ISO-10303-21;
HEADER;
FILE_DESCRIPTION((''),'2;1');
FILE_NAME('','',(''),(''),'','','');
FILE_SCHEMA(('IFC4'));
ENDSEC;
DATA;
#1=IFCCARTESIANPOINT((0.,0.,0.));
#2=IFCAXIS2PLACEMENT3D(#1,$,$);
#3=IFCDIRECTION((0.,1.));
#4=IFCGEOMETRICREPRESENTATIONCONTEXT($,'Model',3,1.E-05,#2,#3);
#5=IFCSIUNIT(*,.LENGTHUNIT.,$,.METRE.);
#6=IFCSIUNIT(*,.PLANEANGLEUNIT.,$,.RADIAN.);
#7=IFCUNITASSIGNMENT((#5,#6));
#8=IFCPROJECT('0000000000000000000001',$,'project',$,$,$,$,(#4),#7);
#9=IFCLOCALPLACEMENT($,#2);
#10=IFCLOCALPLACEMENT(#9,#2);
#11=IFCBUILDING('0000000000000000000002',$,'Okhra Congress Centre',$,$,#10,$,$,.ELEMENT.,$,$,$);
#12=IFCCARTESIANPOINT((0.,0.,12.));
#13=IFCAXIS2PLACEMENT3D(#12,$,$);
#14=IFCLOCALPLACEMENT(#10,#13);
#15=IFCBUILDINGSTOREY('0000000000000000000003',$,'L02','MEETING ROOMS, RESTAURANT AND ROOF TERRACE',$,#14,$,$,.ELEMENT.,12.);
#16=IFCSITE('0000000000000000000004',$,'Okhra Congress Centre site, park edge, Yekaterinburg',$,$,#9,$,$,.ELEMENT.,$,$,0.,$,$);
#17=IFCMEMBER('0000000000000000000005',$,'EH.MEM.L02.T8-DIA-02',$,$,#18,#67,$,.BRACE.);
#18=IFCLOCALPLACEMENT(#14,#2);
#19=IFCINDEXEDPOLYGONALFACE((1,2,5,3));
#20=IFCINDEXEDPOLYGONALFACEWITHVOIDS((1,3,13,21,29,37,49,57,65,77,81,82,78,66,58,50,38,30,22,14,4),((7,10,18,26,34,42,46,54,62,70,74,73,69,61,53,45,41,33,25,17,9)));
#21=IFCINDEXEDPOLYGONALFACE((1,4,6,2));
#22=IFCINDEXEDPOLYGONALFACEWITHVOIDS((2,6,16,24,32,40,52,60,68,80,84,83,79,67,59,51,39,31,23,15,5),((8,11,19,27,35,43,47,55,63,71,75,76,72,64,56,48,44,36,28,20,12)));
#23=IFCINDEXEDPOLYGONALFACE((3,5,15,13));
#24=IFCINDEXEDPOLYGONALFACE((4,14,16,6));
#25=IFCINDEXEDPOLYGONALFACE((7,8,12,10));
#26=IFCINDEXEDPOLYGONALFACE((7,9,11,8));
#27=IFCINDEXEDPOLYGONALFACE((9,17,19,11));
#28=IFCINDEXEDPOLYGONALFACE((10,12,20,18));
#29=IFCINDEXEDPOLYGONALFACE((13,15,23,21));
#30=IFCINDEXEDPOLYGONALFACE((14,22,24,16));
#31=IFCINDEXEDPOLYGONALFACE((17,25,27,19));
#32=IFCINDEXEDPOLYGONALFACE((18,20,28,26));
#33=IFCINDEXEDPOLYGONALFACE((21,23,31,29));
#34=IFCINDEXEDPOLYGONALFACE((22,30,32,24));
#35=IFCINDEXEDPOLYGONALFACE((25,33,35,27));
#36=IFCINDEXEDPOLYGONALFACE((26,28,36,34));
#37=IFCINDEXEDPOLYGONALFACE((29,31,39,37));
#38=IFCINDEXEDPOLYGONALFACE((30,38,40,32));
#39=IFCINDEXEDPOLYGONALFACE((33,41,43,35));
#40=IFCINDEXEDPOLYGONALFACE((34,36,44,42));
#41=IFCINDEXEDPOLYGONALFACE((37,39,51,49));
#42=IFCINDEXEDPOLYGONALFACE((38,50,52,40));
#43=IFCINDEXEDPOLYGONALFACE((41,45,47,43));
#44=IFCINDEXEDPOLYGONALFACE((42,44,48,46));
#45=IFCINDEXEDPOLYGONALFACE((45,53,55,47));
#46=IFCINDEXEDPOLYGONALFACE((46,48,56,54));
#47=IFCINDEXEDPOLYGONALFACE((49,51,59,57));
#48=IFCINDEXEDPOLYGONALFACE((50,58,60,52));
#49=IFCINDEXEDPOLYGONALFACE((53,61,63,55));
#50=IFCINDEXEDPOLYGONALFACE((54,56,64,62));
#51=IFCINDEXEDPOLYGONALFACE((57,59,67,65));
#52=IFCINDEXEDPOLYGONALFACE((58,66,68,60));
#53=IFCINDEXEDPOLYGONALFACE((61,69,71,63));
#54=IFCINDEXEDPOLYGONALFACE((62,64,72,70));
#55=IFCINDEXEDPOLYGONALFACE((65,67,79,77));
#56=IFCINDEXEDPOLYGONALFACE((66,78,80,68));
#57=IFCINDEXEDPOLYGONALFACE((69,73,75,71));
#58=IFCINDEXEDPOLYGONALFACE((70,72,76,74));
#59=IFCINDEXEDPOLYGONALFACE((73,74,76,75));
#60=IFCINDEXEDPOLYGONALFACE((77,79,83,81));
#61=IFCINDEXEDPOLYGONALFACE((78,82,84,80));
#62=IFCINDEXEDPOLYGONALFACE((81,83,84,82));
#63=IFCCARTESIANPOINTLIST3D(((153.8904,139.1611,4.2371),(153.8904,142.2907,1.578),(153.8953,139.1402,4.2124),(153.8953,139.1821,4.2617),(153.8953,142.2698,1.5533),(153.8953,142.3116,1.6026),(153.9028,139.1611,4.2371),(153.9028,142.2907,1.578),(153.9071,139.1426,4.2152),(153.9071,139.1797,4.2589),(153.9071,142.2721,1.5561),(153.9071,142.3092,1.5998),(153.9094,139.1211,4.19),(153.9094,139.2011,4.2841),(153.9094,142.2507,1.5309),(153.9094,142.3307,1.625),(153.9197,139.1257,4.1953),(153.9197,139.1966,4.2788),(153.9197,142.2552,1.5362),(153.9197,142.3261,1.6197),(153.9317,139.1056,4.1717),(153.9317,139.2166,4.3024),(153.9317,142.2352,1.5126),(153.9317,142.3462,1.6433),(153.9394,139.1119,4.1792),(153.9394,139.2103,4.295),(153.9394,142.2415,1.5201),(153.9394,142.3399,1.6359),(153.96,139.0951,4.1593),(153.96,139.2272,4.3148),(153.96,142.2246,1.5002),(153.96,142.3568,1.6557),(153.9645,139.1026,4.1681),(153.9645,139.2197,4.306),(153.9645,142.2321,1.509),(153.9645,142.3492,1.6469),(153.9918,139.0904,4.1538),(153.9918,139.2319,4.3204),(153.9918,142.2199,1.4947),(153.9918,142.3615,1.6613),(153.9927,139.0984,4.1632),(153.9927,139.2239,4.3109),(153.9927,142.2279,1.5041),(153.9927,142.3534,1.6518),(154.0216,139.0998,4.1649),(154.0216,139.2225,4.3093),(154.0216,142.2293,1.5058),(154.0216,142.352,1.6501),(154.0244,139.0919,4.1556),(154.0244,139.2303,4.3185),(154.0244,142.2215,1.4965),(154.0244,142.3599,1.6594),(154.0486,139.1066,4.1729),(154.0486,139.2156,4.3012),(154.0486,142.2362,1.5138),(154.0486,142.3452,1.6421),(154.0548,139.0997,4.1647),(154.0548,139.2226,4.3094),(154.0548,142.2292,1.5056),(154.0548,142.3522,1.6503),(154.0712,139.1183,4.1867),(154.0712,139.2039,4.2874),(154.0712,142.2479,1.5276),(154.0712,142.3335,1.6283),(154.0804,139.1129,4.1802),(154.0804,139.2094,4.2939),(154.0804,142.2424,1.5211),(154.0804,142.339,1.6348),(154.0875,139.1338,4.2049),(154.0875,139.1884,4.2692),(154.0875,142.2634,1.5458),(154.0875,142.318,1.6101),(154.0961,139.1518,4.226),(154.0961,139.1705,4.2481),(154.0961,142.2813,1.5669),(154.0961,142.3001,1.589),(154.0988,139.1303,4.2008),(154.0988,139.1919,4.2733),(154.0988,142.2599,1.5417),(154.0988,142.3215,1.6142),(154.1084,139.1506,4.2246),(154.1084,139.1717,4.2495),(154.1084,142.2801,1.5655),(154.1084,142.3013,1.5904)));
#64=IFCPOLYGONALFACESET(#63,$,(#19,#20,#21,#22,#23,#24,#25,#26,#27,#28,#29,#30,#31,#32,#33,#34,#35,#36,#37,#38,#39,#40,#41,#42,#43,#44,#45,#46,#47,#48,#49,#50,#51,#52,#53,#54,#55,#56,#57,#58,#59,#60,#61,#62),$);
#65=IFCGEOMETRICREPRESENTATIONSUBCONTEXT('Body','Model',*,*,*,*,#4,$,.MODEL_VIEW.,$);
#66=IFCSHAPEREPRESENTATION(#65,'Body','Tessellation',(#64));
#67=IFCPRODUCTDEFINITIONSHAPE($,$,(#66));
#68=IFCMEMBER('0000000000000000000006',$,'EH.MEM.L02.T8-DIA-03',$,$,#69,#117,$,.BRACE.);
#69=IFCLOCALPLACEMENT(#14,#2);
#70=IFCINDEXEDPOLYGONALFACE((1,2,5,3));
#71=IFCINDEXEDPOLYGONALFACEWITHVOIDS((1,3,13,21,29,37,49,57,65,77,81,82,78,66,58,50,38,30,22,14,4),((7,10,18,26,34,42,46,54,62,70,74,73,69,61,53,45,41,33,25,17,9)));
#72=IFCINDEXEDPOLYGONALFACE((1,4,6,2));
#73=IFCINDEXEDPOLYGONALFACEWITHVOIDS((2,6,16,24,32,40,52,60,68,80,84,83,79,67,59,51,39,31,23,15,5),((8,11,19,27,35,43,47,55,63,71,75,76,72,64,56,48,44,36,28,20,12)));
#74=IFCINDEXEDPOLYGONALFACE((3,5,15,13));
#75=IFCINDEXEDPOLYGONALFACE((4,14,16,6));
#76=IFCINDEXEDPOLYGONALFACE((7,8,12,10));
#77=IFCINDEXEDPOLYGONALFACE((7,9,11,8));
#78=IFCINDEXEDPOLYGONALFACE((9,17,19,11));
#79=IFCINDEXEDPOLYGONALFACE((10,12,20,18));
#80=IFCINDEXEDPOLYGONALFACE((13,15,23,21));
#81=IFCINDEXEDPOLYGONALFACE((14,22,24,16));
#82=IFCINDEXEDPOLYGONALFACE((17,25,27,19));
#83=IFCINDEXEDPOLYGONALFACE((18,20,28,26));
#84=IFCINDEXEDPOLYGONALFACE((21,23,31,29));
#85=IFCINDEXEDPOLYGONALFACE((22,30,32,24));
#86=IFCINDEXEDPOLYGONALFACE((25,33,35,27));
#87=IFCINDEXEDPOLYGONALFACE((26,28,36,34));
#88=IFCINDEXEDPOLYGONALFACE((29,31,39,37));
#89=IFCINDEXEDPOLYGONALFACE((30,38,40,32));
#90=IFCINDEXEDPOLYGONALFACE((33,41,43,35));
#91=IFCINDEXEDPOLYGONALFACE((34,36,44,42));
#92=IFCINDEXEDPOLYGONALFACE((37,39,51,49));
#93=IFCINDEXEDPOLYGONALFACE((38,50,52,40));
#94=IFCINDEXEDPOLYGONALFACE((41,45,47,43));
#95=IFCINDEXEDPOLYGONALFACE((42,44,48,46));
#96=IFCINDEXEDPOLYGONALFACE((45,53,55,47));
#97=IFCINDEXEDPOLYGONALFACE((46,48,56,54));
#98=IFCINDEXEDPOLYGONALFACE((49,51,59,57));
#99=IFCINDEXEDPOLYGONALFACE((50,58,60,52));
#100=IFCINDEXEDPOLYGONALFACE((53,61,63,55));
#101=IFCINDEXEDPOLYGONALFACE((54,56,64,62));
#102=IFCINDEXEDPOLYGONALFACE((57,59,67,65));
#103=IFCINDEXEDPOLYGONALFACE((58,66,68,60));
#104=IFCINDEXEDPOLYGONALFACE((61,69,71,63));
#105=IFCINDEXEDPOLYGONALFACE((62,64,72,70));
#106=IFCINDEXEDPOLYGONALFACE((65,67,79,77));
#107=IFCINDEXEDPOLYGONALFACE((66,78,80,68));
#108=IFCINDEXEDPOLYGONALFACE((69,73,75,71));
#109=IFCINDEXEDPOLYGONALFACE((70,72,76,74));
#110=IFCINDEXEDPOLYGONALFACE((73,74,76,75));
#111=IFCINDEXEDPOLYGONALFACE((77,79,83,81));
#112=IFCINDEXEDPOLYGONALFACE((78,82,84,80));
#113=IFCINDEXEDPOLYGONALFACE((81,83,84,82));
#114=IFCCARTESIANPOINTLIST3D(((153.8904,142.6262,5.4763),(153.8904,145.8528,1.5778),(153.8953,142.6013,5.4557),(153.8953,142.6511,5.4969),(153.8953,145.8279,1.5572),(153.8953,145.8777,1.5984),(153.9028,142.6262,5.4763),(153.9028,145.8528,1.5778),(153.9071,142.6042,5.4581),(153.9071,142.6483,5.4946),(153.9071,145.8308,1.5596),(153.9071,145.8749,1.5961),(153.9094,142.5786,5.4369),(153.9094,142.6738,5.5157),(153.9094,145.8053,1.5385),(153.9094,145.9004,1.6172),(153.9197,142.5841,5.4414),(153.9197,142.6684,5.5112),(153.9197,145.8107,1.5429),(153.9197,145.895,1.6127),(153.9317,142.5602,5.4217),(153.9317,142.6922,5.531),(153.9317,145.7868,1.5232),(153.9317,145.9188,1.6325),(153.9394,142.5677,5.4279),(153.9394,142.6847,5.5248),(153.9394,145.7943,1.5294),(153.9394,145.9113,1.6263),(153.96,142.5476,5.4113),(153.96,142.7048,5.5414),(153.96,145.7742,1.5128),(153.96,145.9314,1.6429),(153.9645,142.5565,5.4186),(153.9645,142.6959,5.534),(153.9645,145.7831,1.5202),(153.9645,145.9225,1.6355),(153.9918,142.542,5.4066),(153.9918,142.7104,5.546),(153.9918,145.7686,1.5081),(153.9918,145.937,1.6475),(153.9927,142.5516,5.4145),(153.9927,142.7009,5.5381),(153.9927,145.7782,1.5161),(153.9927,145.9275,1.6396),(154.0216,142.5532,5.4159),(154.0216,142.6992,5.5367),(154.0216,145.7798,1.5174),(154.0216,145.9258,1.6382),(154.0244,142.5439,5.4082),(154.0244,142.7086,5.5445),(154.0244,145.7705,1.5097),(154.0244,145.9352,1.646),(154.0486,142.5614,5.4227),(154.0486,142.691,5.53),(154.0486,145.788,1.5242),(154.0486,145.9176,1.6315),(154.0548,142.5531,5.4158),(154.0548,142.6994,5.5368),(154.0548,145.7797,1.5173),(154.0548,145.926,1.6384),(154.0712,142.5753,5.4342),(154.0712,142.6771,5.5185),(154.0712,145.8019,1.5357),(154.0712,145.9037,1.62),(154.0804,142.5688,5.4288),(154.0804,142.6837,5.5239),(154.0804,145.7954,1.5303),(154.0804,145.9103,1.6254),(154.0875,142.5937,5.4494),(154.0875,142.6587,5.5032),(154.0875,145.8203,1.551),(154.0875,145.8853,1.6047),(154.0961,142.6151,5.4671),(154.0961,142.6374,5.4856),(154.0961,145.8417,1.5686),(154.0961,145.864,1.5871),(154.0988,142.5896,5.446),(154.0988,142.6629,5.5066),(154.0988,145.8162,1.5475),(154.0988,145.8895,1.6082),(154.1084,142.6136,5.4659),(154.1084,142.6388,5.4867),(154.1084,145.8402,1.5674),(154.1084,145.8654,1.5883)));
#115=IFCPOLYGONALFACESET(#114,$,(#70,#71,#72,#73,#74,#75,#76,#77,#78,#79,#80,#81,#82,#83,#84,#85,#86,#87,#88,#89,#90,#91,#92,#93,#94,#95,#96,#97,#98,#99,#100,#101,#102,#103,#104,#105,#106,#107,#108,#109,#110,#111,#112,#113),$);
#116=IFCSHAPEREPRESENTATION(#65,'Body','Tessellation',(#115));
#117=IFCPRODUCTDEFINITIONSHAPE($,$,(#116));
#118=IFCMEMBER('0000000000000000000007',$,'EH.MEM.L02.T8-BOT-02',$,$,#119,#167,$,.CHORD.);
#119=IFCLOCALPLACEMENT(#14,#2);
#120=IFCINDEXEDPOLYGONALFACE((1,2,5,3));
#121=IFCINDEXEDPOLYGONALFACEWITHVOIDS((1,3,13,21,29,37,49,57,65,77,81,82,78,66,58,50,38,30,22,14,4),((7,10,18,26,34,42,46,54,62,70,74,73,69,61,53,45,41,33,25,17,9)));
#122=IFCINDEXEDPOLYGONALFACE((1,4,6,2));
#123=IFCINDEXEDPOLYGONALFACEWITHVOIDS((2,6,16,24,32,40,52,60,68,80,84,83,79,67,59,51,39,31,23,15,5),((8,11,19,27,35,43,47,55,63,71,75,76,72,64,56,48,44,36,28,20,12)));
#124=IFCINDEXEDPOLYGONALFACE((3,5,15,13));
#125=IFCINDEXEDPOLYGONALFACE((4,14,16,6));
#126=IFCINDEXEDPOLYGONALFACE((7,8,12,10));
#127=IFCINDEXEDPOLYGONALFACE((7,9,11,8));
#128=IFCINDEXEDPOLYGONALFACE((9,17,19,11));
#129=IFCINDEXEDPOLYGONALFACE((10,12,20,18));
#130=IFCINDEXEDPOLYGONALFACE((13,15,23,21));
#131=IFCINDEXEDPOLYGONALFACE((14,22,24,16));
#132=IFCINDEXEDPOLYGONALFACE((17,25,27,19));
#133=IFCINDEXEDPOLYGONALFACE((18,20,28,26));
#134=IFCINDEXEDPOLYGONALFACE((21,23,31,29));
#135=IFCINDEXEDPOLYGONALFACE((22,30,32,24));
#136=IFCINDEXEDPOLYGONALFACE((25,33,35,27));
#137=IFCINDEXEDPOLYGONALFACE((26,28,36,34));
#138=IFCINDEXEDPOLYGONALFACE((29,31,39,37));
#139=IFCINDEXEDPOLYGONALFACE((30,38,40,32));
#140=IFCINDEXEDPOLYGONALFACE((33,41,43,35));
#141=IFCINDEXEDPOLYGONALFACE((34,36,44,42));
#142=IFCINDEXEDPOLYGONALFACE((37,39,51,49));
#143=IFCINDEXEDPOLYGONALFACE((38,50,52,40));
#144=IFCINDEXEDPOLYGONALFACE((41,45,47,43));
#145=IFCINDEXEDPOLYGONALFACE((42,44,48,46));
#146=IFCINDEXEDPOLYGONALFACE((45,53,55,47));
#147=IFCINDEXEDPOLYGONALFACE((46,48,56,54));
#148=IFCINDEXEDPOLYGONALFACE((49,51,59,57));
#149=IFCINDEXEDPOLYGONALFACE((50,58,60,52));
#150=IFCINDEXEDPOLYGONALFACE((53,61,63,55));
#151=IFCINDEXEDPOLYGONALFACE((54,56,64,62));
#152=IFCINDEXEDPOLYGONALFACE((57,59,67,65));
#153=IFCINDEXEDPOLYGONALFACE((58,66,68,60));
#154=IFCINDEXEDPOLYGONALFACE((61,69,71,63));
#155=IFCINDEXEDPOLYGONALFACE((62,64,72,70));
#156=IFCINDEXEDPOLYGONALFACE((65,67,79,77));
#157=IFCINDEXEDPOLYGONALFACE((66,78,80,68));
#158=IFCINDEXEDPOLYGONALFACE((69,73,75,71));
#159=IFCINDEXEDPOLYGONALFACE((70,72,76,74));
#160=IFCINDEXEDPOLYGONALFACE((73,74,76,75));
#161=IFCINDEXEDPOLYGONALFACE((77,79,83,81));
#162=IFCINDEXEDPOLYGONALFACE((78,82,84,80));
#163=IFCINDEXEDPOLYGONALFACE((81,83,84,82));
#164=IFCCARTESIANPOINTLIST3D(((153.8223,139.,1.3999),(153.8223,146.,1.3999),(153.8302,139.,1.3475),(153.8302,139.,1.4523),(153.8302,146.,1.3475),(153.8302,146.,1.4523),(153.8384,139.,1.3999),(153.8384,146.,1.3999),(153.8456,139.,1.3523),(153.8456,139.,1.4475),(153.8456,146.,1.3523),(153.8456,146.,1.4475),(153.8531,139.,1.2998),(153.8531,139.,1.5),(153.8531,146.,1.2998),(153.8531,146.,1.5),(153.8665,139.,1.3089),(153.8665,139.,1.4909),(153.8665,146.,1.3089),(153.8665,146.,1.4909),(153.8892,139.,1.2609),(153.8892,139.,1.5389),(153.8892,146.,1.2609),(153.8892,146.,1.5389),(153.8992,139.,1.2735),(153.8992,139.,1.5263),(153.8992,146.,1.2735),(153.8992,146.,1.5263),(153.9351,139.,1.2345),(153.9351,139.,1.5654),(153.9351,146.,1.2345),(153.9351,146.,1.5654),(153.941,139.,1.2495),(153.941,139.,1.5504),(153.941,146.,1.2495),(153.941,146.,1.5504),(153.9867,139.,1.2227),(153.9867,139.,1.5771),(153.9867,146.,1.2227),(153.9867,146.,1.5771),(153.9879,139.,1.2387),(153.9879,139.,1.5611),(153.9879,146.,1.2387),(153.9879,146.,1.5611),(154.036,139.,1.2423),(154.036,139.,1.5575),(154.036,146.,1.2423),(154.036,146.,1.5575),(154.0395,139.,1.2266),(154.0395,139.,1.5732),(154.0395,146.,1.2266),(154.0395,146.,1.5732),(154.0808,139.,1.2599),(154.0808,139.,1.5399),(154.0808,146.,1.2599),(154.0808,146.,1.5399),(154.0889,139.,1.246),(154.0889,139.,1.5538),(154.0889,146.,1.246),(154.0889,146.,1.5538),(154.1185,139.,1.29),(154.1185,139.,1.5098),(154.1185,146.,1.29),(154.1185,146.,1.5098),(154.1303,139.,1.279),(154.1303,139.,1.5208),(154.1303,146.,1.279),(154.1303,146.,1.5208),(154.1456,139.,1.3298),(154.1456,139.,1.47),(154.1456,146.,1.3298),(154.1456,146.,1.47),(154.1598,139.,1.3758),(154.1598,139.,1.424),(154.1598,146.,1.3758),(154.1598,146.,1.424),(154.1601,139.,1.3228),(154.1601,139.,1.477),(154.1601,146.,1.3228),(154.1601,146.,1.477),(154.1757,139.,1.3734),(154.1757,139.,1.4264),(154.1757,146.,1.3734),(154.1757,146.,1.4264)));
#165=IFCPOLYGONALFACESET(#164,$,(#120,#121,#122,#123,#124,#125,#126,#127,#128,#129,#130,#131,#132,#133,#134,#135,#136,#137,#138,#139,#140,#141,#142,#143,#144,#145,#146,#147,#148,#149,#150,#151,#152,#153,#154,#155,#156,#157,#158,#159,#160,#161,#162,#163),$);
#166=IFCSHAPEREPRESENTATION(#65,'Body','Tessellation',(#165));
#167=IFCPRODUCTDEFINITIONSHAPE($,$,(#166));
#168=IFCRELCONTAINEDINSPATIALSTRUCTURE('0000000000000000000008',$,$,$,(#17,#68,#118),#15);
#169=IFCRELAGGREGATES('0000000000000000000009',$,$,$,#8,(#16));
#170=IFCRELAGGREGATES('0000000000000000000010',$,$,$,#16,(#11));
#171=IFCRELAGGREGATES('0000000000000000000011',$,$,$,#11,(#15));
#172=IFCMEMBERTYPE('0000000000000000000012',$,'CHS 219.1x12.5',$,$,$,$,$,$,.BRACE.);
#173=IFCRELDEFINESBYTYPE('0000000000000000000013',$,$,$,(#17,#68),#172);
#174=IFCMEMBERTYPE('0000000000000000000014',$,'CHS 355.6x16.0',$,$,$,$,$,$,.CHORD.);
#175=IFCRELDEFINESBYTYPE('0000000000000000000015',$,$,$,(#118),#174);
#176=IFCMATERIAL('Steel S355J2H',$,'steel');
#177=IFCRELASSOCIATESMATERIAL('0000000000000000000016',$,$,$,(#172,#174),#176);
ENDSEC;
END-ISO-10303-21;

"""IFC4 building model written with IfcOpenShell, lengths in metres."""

from ifc_helpers import new_model, si_unit, direction, frame, origin, origin_2d, place, context, subcontext, project, spatial, hollow_circle, extrude, material, material_profile, profile_set, type_object, element, save


model = new_model("IFC4")

# Units and contexts
model_context = context("Model", 3, precision=1e-05, world=origin(), true_north=direction((0.0, 1.0)))
body_context = subcontext(model_context, "Body", "Model", "MODEL_VIEW")
ifc_project = project(units=[si_unit("LENGTHUNIT", "METRE"), si_unit("PLANEANGLEUNIT", "RADIAN")], contexts=[model_context])

# Site, building, storey
site_placement = place(None, origin())
site = spatial("IfcSite", under=ifc_project, at=site_placement, Name="Okhra Congress Centre site, park edge, Yekaterinburg", CompositionType="ELEMENT", RefElevation=0.0)
building_placement = place(site_placement, origin())
building = spatial("IfcBuilding", under=site, at=building_placement, Name="Okhra Congress Centre", CompositionType="ELEMENT")
storey_placement = place(building_placement, frame((0.0, 0.0, 12.0)))
storey = spatial("IfcBuildingStorey", under=building, at=storey_placement, Name="L02", Description="MEETING ROOMS, RESTAURANT AND ROOF TERRACE", CompositionType="ELEMENT", Elevation=12.0)

# Members
ifc_material_1 = material(Name="Steel S355J2H", Category="steel")
ifc_material_profile_1 = material_profile(ifc_material_1, hollow_circle(Radius=0.1096, WallThickness=0.0125, at=origin_2d()), Name="CHS 219.1x12.5")
ifc_profile_set_1 = profile_set([ifc_material_profile_1], Name="Steel S355J2H")
member_type_1 = type_object("IfcMemberType", Name="CHS 219.1x12.5", PredefinedType="BRACE", material=ifc_profile_set_1)
member_1_placement = place(storey_placement, frame((154.0, 139.1611, 4.2371), z_axis=(0.0, 0.762061, -0.647505), x_axis=(-1.0, 0.0, 0.0)))
element("IfcMember", 1, at=member_1_placement, inside=storey, type_object=member_type_1, Name="EH.MEM.L02.T8-DIA-02", PredefinedType="BRACE", context=body_context, shape_type="SweptSolid", body=[
    extrude(hollow_circle(Radius=0.1096, WallThickness=0.0125, at=origin_2d()), origin(), (0.0, 0.0, 1.0), 4.1067),
])
member_2_placement = place(storey_placement, frame((154.0, 142.6262, 5.4763), z_axis=(0.0, 0.637599, -0.770368), x_axis=(-1.0, 0.0, 0.0)))
element("IfcMember", 2, at=member_2_placement, inside=storey, type_object=member_type_1, Name="EH.MEM.L02.T8-DIA-03", PredefinedType="BRACE", context=body_context, shape_type="SweptSolid", body=[
    extrude(hollow_circle(Radius=0.1096, WallThickness=0.0125, at=origin_2d()), origin(), (0.0, 0.0, 1.0), 5.0605),
])
ifc_material_profile_2 = material_profile(ifc_material_1, hollow_circle(Radius=0.1777, WallThickness=0.0161, at=origin_2d()), Name="CHS 355.6x16.0")
ifc_profile_set_2 = profile_set([ifc_material_profile_2], Name="Steel S355J2H")
member_type_2 = type_object("IfcMemberType", Name="CHS 355.6x16.0", PredefinedType="CHORD", material=ifc_profile_set_2)
member_3_placement = place(storey_placement, frame((154.0, 139.0, 1.3999), z_axis=(0.0, 1.0, 0.0), x_axis=(-1.0, 0.0, 0.0)))
element("IfcMember", 3, at=member_3_placement, inside=storey, type_object=member_type_2, Name="EH.MEM.L02.T8-BOT-02", PredefinedType="CHORD", context=body_context, shape_type="SweptSolid", body=[
    extrude(hollow_circle(Radius=0.1777, WallThickness=0.0161, at=origin_2d()), origin(), (0.0, 0.0, 1.0), 7.0),
])

save(model, "model.ifc")
